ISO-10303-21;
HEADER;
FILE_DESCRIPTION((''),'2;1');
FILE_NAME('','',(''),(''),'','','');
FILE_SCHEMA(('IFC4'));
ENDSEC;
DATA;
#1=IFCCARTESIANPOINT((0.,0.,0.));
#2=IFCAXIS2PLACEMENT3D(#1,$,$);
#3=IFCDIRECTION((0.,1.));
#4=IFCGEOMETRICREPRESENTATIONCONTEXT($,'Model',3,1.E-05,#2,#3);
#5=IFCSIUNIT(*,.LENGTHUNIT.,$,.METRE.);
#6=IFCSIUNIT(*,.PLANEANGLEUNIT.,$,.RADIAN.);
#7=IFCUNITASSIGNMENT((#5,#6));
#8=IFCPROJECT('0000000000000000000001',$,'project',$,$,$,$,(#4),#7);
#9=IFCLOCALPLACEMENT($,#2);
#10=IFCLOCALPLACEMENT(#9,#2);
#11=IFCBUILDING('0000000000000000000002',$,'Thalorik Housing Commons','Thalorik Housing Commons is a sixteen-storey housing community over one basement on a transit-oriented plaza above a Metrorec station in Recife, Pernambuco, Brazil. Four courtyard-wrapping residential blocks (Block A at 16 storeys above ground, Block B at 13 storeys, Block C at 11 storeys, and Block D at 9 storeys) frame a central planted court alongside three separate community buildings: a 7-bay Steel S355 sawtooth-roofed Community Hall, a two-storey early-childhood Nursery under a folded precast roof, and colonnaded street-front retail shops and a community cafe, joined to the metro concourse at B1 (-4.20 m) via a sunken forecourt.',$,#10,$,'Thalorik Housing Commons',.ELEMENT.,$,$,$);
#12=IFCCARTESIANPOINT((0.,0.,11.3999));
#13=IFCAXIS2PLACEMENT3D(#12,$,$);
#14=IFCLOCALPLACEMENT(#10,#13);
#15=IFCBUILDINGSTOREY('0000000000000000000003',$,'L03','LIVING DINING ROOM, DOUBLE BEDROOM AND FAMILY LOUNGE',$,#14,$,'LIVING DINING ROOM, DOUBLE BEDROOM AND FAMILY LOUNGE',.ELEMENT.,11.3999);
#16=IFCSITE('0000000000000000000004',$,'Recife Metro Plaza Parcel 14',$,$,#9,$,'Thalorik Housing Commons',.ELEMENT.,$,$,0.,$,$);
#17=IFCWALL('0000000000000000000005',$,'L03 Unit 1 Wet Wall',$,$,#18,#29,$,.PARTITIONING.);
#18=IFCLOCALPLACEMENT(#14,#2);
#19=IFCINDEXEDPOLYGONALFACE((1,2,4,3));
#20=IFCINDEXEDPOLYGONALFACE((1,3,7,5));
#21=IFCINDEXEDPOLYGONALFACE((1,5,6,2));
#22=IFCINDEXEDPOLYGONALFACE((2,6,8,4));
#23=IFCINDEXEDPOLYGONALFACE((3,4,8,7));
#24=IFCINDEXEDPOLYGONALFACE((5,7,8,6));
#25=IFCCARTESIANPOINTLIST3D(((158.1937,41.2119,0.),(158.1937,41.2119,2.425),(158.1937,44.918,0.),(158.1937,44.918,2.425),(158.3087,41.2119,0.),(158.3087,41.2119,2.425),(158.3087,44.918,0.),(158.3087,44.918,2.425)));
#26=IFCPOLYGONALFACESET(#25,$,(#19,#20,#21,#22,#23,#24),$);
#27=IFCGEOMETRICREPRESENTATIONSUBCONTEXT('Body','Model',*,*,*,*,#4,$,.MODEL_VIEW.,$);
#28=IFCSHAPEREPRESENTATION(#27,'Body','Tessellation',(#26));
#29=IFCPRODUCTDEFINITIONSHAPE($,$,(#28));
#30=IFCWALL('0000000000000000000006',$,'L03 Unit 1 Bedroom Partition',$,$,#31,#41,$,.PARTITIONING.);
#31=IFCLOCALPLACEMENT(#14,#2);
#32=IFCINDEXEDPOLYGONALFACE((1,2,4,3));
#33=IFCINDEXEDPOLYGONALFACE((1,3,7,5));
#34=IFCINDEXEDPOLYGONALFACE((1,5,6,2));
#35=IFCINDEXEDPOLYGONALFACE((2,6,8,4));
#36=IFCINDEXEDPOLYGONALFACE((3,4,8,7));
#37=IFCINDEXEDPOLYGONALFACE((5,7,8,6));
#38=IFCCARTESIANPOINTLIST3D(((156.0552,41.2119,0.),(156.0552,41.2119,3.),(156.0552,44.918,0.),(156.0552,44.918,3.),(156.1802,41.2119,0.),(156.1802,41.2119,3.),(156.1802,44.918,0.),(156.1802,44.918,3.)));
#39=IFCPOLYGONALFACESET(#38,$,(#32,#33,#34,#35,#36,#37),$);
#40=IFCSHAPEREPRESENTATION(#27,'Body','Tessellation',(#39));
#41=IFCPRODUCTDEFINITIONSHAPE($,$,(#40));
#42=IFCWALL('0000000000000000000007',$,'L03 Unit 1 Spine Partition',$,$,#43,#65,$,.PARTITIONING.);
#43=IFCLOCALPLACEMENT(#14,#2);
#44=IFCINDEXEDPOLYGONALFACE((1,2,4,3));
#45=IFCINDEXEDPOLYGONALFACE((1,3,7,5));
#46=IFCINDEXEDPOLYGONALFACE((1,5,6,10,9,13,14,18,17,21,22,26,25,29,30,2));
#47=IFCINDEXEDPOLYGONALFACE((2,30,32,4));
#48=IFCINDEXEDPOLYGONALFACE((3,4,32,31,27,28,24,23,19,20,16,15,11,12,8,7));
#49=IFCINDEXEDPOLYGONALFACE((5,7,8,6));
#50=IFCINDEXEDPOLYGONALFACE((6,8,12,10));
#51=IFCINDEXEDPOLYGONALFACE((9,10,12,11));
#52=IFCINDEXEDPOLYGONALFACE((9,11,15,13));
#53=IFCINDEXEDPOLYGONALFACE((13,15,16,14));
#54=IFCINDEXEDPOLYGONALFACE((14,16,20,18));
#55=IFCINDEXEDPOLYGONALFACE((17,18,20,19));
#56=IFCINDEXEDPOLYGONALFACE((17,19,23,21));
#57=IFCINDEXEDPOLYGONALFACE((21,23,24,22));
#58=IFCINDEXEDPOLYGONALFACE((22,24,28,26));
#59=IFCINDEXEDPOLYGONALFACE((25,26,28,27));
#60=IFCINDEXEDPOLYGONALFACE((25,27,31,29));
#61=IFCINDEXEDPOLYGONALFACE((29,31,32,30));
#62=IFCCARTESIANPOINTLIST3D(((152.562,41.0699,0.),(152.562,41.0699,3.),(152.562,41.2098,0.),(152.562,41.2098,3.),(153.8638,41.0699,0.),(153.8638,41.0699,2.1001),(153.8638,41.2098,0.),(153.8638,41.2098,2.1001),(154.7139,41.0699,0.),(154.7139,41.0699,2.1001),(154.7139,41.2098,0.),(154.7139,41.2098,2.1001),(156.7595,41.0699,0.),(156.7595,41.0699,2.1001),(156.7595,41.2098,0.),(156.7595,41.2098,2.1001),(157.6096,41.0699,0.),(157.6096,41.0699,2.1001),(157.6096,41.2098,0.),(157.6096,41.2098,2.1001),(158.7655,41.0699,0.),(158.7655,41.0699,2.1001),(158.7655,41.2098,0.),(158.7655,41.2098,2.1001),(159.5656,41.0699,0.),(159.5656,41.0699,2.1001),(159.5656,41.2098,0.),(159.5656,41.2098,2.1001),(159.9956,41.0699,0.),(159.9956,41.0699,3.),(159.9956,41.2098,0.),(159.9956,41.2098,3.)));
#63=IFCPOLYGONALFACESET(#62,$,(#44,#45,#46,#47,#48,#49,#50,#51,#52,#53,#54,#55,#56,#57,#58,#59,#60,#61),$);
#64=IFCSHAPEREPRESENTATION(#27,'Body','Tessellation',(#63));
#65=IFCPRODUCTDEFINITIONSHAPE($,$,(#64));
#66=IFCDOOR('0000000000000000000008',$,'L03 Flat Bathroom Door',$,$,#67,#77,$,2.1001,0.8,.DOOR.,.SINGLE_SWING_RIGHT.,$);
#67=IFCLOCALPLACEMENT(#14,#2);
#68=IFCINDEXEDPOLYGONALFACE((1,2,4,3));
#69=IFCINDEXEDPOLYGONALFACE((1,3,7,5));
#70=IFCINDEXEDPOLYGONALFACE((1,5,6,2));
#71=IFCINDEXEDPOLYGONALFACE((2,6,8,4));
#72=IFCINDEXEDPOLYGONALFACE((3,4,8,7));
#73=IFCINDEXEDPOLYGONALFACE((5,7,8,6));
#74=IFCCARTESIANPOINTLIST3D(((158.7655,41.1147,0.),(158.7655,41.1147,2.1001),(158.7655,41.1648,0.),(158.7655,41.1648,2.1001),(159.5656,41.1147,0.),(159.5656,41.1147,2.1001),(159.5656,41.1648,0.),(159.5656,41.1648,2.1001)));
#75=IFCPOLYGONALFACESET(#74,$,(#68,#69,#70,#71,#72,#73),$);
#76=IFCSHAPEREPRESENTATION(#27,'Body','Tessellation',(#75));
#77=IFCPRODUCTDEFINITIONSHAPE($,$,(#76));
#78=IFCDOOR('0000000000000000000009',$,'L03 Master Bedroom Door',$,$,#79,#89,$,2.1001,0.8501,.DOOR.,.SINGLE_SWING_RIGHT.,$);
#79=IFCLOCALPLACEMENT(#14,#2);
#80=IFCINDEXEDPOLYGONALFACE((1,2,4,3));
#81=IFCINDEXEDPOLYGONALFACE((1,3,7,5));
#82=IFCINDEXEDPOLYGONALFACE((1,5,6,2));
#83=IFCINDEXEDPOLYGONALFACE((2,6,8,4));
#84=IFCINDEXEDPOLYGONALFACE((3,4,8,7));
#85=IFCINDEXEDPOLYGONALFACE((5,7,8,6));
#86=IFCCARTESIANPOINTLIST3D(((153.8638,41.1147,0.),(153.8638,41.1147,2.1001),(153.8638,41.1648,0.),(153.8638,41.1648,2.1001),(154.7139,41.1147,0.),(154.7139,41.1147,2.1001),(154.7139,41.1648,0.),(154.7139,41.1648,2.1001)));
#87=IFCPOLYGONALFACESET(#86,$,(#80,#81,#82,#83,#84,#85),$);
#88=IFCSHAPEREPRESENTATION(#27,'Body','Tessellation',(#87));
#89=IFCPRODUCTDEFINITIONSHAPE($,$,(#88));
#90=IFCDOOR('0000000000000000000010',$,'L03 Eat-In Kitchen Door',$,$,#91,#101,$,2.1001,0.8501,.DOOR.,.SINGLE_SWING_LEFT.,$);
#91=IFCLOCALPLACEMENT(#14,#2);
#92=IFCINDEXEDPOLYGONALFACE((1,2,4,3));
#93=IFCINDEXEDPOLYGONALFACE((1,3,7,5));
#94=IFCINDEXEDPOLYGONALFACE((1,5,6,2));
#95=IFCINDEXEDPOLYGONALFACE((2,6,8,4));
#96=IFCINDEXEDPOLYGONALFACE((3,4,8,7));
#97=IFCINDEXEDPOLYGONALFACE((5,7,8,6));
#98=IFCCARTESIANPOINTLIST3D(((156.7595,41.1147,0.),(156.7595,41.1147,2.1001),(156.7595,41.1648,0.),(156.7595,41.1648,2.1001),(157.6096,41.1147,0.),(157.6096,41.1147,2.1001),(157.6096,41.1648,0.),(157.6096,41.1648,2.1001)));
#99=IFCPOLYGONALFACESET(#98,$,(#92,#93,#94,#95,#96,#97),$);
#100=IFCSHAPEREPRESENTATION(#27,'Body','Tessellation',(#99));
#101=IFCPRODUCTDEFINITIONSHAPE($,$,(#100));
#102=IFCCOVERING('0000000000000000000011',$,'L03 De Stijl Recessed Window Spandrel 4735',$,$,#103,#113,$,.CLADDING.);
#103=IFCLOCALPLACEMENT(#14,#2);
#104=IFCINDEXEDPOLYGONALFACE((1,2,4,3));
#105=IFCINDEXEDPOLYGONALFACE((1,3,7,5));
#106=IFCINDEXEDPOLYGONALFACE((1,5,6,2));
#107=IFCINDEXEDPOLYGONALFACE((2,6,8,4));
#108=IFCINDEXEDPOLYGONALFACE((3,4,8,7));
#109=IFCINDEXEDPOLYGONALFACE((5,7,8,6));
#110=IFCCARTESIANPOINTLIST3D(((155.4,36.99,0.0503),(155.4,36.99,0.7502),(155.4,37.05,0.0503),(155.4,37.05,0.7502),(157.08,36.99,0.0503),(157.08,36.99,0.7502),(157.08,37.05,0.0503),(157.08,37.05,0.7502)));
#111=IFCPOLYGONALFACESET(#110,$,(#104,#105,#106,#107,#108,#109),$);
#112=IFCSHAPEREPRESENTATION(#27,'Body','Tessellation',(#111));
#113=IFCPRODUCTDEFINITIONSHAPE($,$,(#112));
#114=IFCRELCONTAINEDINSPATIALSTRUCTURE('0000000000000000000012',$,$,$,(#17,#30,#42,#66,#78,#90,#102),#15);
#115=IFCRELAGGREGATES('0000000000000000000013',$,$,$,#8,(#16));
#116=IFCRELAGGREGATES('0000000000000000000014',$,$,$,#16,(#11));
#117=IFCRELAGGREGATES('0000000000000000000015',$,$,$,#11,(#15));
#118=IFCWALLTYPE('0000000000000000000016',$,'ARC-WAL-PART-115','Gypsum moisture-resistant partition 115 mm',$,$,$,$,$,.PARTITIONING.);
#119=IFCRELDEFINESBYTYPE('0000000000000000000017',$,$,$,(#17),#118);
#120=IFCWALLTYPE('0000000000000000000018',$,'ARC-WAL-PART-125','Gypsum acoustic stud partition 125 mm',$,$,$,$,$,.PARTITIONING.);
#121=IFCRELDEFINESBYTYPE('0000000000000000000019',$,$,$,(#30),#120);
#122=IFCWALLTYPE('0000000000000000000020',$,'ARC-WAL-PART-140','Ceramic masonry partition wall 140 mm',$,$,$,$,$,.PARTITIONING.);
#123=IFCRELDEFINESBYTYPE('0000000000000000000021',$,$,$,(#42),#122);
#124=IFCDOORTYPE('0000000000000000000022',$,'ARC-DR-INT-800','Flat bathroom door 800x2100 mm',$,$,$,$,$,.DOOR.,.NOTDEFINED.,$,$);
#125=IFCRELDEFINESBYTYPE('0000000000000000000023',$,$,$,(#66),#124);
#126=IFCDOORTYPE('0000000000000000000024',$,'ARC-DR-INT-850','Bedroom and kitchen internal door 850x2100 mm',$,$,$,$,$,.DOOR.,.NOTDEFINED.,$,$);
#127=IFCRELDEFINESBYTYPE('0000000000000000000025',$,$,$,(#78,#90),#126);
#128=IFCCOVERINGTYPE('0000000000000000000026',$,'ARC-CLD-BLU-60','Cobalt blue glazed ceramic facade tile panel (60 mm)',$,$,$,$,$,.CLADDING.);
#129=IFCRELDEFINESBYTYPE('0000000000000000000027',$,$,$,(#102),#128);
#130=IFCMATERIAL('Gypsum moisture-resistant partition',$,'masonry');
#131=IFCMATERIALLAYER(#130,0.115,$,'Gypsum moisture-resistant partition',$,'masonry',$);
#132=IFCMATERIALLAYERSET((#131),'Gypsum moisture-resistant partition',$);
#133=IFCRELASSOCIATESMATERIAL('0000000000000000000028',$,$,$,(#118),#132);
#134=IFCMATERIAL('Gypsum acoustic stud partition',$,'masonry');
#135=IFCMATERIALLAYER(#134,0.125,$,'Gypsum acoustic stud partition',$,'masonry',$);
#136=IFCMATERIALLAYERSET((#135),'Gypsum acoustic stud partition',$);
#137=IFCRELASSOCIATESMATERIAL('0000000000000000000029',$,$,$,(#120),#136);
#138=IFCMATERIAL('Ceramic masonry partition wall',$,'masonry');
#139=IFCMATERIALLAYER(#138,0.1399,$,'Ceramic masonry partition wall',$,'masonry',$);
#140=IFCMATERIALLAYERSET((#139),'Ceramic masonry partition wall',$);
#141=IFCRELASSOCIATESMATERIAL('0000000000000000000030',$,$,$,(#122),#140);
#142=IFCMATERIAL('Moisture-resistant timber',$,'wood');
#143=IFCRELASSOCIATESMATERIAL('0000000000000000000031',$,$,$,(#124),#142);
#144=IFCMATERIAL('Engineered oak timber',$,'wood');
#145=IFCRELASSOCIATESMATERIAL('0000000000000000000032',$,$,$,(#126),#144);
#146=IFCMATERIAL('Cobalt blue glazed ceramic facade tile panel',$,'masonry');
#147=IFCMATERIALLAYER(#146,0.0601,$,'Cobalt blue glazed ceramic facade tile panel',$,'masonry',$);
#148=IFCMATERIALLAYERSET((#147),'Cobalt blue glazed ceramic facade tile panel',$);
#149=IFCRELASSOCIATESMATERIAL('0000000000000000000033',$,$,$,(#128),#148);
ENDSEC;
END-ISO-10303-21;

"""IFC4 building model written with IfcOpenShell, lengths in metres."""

from ifc_helpers import new_model, si_unit, direction, frame, frame_2d, origin, origin_2d, place, context, subcontext, project, spatial, rectangle, extrude, material, layer, layer_set, type_object, element, fill, save


model = new_model("IFC4")

# Units and contexts
model_context = context("Model", 3, precision=1e-05, world=origin(), true_north=direction((0.0, 1.0)))
body_context = subcontext(model_context, "Body", "Model", "MODEL_VIEW")
ifc_project = project(units=[si_unit("LENGTHUNIT", "METRE"), si_unit("PLANEANGLEUNIT", "RADIAN")], contexts=[model_context])

# Site, building, storey
site_placement = place(None, origin())
site = spatial("IfcSite", under=ifc_project, at=site_placement, Name="Recife Metro Plaza Parcel 14", LongName="Thalorik Housing Commons", CompositionType="ELEMENT", RefElevation=0.0)
building_placement = place(site_placement, origin())
building = spatial("IfcBuilding", under=site, at=building_placement, Name="Thalorik Housing Commons", Description="Thalorik Housing Commons is a sixteen-storey housing community over one basement on a transit-oriented plaza above a Metrorec station in Recife, Pernambuco, Brazil. Four courtyard-wrapping residential blocks (Block A at 16 storeys above ground, Block B at 13 storeys, Block C at 11 storeys, and Block D at 9 storeys) frame a central planted court alongside three separate community buildings: a 7-bay Steel S355 sawtooth-roofed Community Hall, a two-storey early-childhood Nursery under a folded precast roof, and colonnaded street-front retail shops and a community cafe, joined to the metro concourse at B1 (-4.20 m) via a sunken forecourt.", LongName="Thalorik Housing Commons", CompositionType="ELEMENT")
storey_placement = place(building_placement, frame((0.0, 0.0, 11.3999)))
storey = spatial("IfcBuildingStorey", under=building, at=storey_placement, Name="L03", Description="LIVING DINING ROOM, DOUBLE BEDROOM AND FAMILY LOUNGE", LongName="LIVING DINING ROOM, DOUBLE BEDROOM AND FAMILY LOUNGE", CompositionType="ELEMENT", Elevation=11.3999)

# Walls
ifc_material_1 = material(Name="Gypsum moisture-resistant partition", Category="masonry")
ifc_layer_1 = layer(ifc_material_1, 0.115, Name="Gypsum moisture-resistant partition", Category="masonry")
ifc_layer_set_1 = layer_set([ifc_layer_1], Name="Gypsum moisture-resistant partition")
wall_type_1 = type_object("IfcWallType", Name="ARC-WAL-PART-115", Description="Gypsum moisture-resistant partition 115 mm", PredefinedType="PARTITIONING", material=ifc_layer_set_1)
wall_1_placement = place(storey_placement, frame((158.2512, 41.2119, 0.0), z_axis=(0.0, 0.0, 1.0), x_axis=(0.0, 1.0, 0.0)))
element("IfcWall", 1, at=wall_1_placement, inside=storey, type_object=wall_type_1, Name="L03 Unit 1 Wet Wall", PredefinedType="PARTITIONING", context=body_context, shape_type="SweptSolid", body=[
    extrude(rectangle(XDim=3.7061, YDim=0.115, at=frame_2d((1.853, 0.0))), origin(), (0.0, 0.0, 1.0), 2.425),
])
ifc_material_2 = material(Name="Gypsum acoustic stud partition", Category="masonry")
ifc_layer_2 = layer(ifc_material_2, 0.125, Name="Gypsum acoustic stud partition", Category="masonry")
ifc_layer_set_2 = layer_set([ifc_layer_2], Name="Gypsum acoustic stud partition")
wall_type_2 = type_object("IfcWallType", Name="ARC-WAL-PART-125", Description="Gypsum acoustic stud partition 125 mm", PredefinedType="PARTITIONING", material=ifc_layer_set_2)
wall_2_placement = place(storey_placement, frame((156.1177, 41.2119, 0.0), z_axis=(0.0, 0.0, 1.0), x_axis=(0.0, 1.0, 0.0)))
element("IfcWall", 2, at=wall_2_placement, inside=storey, type_object=wall_type_2, Name="L03 Unit 1 Bedroom Partition", PredefinedType="PARTITIONING", context=body_context, shape_type="SweptSolid", body=[
    extrude(rectangle(XDim=3.7061, YDim=0.125, at=frame_2d((1.853, 0.0))), origin(), (0.0, 0.0, 1.0), 3.0),
])

# Wall, openings, doors
ifc_material_3 = material(Name="Ceramic masonry partition wall", Category="masonry")
ifc_layer_3 = layer(ifc_material_3, 0.1399, Name="Ceramic masonry partition wall", Category="masonry")
ifc_layer_set_3 = layer_set([ifc_layer_3], Name="Ceramic masonry partition wall")
wall_type_3 = type_object("IfcWallType", Name="ARC-WAL-PART-140", Description="Ceramic masonry partition wall 140 mm", PredefinedType="PARTITIONING", material=ifc_layer_set_3)
wall_3_placement = place(storey_placement, frame((152.562, 41.1399, 0.0), z_axis=(0.0, 0.0, 1.0), x_axis=(1.0, 0.0, 0.0)))
wall_3 = element("IfcWall", 3, at=wall_3_placement, inside=storey, type_object=wall_type_3, Name="L03 Unit 1 Spine Partition", PredefinedType="PARTITIONING", context=body_context, shape_type="SweptSolid", body=[
    extrude(rectangle(XDim=7.4336, YDim=0.1399, at=frame_2d((3.7168, 0.0))), origin(), (0.0, 0.0, 1.0), 3.0),
])
opening_1_placement = place(wall_3_placement, frame((1.3018, 0.0, 0.0)))
opening_1 = element("IfcOpeningElement", 4, at=opening_1_placement, cuts=wall_3, PredefinedType="OPENING", context=body_context, shape_type="SweptSolid", body=[
    extrude(rectangle(XDim=0.8501, YDim=2.1001, at=frame_2d((0.425, 1.05))), frame((0.0, 0.0801, 0.0), z_axis=(0.0, -1.0, 0.0), x_axis=(1.0, 0.0, 0.0)), (0.0, 0.0, 1.0), 0.1599),
])
opening_2_placement = place(wall_3_placement, frame((4.1975, 0.0, 0.0)))
opening_2 = element("IfcOpeningElement", 5, at=opening_2_placement, cuts=wall_3, PredefinedType="OPENING", context=body_context, shape_type="SweptSolid", body=[
    extrude(rectangle(XDim=0.8501, YDim=2.1001, at=frame_2d((0.425, 1.05))), frame((0.0, 0.0801, 0.0), z_axis=(0.0, -1.0, 0.0), x_axis=(1.0, 0.0, 0.0)), (0.0, 0.0, 1.0), 0.1599),
])
opening_3_placement = place(wall_3_placement, frame((6.2036, 0.0, 0.0)))
opening_3 = element("IfcOpeningElement", 6, at=opening_3_placement, cuts=wall_3, PredefinedType="OPENING", context=body_context, shape_type="SweptSolid", body=[
    extrude(rectangle(XDim=0.8, YDim=2.1001, at=frame_2d((0.3999, 1.05))), frame((0.0, 0.0801, 0.0), z_axis=(0.0, -1.0, 0.0), x_axis=(1.0, 0.0, 0.0)), (0.0, 0.0, 1.0), 0.1599),
])
ifc_material_4 = material(Name="Moisture-resistant timber", Category="wood")
door_type_1 = type_object("IfcDoorType", Name="ARC-DR-INT-800", Description="Flat bathroom door 800x2100 mm", OperationType="NOTDEFINED", PredefinedType="DOOR", material=ifc_material_4)
door_1_placement = place(opening_3_placement, origin())
door_1 = element("IfcDoor", 7, at=door_1_placement, inside=storey, type_object=door_type_1, Name="L03 Flat Bathroom Door", OperationType="SINGLE_SWING_RIGHT", OverallHeight=2.1001, OverallWidth=0.8, PredefinedType="DOOR", context=body_context, shape_type="SweptSolid", body=[
    extrude(rectangle(XDim=0.8, YDim=2.1001, at=frame_2d((0.3999, 1.05))), frame((0.0, 0.0249, 0.0), z_axis=(0.0, -1.0, 0.0), x_axis=(1.0, 0.0, 0.0)), (0.0, 0.0, 1.0), 0.05),
])
fill(opening_3, door_1)
ifc_material_5 = material(Name="Engineered oak timber", Category="wood")
door_type_2 = type_object("IfcDoorType", Name="ARC-DR-INT-850", Description="Bedroom and kitchen internal door 850x2100 mm", OperationType="NOTDEFINED", PredefinedType="DOOR", material=ifc_material_5)
door_2_placement = place(opening_1_placement, origin())
door_2 = element("IfcDoor", 8, at=door_2_placement, inside=storey, type_object=door_type_2, Name="L03 Master Bedroom Door", OperationType="SINGLE_SWING_RIGHT", OverallHeight=2.1001, OverallWidth=0.8501, PredefinedType="DOOR", context=body_context, shape_type="SweptSolid", body=[
    extrude(rectangle(XDim=0.8501, YDim=2.1001, at=frame_2d((0.425, 1.05))), frame((0.0, 0.0249, 0.0), z_axis=(0.0, -1.0, 0.0), x_axis=(1.0, 0.0, 0.0)), (0.0, 0.0, 1.0), 0.05),
])
fill(opening_1, door_2)
door_3_placement = place(opening_2_placement, origin())
door_3 = element("IfcDoor", 9, at=door_3_placement, inside=storey, type_object=door_type_2, Name="L03 Eat-In Kitchen Door", OperationType="SINGLE_SWING_LEFT", OverallHeight=2.1001, OverallWidth=0.8501, PredefinedType="DOOR", context=body_context, shape_type="SweptSolid", body=[
    extrude(rectangle(XDim=0.8501, YDim=2.1001, at=frame_2d((0.425, 1.05))), frame((0.0, 0.0249, 0.0), z_axis=(0.0, -1.0, 0.0), x_axis=(1.0, 0.0, 0.0)), (0.0, 0.0, 1.0), 0.05),
])
fill(opening_2, door_3)

# Covering
ifc_material_6 = material(Name="Cobalt blue glazed ceramic facade tile panel", Category="masonry")
ifc_layer_4 = layer(ifc_material_6, 0.0601, Name="Cobalt blue glazed ceramic facade tile panel", Category="masonry")
ifc_layer_set_4 = layer_set([ifc_layer_4], Name="Cobalt blue glazed ceramic facade tile panel")
covering_type_1 = type_object("IfcCoveringType", Name="ARC-CLD-BLU-60", Description="Cobalt blue glazed ceramic facade tile panel (60 mm)", PredefinedType="CLADDING", material=ifc_layer_set_4)
covering_1_placement = place(storey_placement, frame((156.24, 37.02, 0.0503), z_axis=(0.0, 0.0, 1.0), x_axis=(1.0, 0.0, 0.0)))
element("IfcCovering", 10, at=covering_1_placement, inside=storey, type_object=covering_type_1, Name="L03 De Stijl Recessed Window Spandrel 4735", PredefinedType="CLADDING", context=body_context, shape_type="SweptSolid", body=[
    extrude(rectangle(XDim=1.6799, YDim=0.0601, at=origin_2d()), origin(), (0.0, 0.0, 1.0), 0.7),
])

save(model, "model.ifc")
